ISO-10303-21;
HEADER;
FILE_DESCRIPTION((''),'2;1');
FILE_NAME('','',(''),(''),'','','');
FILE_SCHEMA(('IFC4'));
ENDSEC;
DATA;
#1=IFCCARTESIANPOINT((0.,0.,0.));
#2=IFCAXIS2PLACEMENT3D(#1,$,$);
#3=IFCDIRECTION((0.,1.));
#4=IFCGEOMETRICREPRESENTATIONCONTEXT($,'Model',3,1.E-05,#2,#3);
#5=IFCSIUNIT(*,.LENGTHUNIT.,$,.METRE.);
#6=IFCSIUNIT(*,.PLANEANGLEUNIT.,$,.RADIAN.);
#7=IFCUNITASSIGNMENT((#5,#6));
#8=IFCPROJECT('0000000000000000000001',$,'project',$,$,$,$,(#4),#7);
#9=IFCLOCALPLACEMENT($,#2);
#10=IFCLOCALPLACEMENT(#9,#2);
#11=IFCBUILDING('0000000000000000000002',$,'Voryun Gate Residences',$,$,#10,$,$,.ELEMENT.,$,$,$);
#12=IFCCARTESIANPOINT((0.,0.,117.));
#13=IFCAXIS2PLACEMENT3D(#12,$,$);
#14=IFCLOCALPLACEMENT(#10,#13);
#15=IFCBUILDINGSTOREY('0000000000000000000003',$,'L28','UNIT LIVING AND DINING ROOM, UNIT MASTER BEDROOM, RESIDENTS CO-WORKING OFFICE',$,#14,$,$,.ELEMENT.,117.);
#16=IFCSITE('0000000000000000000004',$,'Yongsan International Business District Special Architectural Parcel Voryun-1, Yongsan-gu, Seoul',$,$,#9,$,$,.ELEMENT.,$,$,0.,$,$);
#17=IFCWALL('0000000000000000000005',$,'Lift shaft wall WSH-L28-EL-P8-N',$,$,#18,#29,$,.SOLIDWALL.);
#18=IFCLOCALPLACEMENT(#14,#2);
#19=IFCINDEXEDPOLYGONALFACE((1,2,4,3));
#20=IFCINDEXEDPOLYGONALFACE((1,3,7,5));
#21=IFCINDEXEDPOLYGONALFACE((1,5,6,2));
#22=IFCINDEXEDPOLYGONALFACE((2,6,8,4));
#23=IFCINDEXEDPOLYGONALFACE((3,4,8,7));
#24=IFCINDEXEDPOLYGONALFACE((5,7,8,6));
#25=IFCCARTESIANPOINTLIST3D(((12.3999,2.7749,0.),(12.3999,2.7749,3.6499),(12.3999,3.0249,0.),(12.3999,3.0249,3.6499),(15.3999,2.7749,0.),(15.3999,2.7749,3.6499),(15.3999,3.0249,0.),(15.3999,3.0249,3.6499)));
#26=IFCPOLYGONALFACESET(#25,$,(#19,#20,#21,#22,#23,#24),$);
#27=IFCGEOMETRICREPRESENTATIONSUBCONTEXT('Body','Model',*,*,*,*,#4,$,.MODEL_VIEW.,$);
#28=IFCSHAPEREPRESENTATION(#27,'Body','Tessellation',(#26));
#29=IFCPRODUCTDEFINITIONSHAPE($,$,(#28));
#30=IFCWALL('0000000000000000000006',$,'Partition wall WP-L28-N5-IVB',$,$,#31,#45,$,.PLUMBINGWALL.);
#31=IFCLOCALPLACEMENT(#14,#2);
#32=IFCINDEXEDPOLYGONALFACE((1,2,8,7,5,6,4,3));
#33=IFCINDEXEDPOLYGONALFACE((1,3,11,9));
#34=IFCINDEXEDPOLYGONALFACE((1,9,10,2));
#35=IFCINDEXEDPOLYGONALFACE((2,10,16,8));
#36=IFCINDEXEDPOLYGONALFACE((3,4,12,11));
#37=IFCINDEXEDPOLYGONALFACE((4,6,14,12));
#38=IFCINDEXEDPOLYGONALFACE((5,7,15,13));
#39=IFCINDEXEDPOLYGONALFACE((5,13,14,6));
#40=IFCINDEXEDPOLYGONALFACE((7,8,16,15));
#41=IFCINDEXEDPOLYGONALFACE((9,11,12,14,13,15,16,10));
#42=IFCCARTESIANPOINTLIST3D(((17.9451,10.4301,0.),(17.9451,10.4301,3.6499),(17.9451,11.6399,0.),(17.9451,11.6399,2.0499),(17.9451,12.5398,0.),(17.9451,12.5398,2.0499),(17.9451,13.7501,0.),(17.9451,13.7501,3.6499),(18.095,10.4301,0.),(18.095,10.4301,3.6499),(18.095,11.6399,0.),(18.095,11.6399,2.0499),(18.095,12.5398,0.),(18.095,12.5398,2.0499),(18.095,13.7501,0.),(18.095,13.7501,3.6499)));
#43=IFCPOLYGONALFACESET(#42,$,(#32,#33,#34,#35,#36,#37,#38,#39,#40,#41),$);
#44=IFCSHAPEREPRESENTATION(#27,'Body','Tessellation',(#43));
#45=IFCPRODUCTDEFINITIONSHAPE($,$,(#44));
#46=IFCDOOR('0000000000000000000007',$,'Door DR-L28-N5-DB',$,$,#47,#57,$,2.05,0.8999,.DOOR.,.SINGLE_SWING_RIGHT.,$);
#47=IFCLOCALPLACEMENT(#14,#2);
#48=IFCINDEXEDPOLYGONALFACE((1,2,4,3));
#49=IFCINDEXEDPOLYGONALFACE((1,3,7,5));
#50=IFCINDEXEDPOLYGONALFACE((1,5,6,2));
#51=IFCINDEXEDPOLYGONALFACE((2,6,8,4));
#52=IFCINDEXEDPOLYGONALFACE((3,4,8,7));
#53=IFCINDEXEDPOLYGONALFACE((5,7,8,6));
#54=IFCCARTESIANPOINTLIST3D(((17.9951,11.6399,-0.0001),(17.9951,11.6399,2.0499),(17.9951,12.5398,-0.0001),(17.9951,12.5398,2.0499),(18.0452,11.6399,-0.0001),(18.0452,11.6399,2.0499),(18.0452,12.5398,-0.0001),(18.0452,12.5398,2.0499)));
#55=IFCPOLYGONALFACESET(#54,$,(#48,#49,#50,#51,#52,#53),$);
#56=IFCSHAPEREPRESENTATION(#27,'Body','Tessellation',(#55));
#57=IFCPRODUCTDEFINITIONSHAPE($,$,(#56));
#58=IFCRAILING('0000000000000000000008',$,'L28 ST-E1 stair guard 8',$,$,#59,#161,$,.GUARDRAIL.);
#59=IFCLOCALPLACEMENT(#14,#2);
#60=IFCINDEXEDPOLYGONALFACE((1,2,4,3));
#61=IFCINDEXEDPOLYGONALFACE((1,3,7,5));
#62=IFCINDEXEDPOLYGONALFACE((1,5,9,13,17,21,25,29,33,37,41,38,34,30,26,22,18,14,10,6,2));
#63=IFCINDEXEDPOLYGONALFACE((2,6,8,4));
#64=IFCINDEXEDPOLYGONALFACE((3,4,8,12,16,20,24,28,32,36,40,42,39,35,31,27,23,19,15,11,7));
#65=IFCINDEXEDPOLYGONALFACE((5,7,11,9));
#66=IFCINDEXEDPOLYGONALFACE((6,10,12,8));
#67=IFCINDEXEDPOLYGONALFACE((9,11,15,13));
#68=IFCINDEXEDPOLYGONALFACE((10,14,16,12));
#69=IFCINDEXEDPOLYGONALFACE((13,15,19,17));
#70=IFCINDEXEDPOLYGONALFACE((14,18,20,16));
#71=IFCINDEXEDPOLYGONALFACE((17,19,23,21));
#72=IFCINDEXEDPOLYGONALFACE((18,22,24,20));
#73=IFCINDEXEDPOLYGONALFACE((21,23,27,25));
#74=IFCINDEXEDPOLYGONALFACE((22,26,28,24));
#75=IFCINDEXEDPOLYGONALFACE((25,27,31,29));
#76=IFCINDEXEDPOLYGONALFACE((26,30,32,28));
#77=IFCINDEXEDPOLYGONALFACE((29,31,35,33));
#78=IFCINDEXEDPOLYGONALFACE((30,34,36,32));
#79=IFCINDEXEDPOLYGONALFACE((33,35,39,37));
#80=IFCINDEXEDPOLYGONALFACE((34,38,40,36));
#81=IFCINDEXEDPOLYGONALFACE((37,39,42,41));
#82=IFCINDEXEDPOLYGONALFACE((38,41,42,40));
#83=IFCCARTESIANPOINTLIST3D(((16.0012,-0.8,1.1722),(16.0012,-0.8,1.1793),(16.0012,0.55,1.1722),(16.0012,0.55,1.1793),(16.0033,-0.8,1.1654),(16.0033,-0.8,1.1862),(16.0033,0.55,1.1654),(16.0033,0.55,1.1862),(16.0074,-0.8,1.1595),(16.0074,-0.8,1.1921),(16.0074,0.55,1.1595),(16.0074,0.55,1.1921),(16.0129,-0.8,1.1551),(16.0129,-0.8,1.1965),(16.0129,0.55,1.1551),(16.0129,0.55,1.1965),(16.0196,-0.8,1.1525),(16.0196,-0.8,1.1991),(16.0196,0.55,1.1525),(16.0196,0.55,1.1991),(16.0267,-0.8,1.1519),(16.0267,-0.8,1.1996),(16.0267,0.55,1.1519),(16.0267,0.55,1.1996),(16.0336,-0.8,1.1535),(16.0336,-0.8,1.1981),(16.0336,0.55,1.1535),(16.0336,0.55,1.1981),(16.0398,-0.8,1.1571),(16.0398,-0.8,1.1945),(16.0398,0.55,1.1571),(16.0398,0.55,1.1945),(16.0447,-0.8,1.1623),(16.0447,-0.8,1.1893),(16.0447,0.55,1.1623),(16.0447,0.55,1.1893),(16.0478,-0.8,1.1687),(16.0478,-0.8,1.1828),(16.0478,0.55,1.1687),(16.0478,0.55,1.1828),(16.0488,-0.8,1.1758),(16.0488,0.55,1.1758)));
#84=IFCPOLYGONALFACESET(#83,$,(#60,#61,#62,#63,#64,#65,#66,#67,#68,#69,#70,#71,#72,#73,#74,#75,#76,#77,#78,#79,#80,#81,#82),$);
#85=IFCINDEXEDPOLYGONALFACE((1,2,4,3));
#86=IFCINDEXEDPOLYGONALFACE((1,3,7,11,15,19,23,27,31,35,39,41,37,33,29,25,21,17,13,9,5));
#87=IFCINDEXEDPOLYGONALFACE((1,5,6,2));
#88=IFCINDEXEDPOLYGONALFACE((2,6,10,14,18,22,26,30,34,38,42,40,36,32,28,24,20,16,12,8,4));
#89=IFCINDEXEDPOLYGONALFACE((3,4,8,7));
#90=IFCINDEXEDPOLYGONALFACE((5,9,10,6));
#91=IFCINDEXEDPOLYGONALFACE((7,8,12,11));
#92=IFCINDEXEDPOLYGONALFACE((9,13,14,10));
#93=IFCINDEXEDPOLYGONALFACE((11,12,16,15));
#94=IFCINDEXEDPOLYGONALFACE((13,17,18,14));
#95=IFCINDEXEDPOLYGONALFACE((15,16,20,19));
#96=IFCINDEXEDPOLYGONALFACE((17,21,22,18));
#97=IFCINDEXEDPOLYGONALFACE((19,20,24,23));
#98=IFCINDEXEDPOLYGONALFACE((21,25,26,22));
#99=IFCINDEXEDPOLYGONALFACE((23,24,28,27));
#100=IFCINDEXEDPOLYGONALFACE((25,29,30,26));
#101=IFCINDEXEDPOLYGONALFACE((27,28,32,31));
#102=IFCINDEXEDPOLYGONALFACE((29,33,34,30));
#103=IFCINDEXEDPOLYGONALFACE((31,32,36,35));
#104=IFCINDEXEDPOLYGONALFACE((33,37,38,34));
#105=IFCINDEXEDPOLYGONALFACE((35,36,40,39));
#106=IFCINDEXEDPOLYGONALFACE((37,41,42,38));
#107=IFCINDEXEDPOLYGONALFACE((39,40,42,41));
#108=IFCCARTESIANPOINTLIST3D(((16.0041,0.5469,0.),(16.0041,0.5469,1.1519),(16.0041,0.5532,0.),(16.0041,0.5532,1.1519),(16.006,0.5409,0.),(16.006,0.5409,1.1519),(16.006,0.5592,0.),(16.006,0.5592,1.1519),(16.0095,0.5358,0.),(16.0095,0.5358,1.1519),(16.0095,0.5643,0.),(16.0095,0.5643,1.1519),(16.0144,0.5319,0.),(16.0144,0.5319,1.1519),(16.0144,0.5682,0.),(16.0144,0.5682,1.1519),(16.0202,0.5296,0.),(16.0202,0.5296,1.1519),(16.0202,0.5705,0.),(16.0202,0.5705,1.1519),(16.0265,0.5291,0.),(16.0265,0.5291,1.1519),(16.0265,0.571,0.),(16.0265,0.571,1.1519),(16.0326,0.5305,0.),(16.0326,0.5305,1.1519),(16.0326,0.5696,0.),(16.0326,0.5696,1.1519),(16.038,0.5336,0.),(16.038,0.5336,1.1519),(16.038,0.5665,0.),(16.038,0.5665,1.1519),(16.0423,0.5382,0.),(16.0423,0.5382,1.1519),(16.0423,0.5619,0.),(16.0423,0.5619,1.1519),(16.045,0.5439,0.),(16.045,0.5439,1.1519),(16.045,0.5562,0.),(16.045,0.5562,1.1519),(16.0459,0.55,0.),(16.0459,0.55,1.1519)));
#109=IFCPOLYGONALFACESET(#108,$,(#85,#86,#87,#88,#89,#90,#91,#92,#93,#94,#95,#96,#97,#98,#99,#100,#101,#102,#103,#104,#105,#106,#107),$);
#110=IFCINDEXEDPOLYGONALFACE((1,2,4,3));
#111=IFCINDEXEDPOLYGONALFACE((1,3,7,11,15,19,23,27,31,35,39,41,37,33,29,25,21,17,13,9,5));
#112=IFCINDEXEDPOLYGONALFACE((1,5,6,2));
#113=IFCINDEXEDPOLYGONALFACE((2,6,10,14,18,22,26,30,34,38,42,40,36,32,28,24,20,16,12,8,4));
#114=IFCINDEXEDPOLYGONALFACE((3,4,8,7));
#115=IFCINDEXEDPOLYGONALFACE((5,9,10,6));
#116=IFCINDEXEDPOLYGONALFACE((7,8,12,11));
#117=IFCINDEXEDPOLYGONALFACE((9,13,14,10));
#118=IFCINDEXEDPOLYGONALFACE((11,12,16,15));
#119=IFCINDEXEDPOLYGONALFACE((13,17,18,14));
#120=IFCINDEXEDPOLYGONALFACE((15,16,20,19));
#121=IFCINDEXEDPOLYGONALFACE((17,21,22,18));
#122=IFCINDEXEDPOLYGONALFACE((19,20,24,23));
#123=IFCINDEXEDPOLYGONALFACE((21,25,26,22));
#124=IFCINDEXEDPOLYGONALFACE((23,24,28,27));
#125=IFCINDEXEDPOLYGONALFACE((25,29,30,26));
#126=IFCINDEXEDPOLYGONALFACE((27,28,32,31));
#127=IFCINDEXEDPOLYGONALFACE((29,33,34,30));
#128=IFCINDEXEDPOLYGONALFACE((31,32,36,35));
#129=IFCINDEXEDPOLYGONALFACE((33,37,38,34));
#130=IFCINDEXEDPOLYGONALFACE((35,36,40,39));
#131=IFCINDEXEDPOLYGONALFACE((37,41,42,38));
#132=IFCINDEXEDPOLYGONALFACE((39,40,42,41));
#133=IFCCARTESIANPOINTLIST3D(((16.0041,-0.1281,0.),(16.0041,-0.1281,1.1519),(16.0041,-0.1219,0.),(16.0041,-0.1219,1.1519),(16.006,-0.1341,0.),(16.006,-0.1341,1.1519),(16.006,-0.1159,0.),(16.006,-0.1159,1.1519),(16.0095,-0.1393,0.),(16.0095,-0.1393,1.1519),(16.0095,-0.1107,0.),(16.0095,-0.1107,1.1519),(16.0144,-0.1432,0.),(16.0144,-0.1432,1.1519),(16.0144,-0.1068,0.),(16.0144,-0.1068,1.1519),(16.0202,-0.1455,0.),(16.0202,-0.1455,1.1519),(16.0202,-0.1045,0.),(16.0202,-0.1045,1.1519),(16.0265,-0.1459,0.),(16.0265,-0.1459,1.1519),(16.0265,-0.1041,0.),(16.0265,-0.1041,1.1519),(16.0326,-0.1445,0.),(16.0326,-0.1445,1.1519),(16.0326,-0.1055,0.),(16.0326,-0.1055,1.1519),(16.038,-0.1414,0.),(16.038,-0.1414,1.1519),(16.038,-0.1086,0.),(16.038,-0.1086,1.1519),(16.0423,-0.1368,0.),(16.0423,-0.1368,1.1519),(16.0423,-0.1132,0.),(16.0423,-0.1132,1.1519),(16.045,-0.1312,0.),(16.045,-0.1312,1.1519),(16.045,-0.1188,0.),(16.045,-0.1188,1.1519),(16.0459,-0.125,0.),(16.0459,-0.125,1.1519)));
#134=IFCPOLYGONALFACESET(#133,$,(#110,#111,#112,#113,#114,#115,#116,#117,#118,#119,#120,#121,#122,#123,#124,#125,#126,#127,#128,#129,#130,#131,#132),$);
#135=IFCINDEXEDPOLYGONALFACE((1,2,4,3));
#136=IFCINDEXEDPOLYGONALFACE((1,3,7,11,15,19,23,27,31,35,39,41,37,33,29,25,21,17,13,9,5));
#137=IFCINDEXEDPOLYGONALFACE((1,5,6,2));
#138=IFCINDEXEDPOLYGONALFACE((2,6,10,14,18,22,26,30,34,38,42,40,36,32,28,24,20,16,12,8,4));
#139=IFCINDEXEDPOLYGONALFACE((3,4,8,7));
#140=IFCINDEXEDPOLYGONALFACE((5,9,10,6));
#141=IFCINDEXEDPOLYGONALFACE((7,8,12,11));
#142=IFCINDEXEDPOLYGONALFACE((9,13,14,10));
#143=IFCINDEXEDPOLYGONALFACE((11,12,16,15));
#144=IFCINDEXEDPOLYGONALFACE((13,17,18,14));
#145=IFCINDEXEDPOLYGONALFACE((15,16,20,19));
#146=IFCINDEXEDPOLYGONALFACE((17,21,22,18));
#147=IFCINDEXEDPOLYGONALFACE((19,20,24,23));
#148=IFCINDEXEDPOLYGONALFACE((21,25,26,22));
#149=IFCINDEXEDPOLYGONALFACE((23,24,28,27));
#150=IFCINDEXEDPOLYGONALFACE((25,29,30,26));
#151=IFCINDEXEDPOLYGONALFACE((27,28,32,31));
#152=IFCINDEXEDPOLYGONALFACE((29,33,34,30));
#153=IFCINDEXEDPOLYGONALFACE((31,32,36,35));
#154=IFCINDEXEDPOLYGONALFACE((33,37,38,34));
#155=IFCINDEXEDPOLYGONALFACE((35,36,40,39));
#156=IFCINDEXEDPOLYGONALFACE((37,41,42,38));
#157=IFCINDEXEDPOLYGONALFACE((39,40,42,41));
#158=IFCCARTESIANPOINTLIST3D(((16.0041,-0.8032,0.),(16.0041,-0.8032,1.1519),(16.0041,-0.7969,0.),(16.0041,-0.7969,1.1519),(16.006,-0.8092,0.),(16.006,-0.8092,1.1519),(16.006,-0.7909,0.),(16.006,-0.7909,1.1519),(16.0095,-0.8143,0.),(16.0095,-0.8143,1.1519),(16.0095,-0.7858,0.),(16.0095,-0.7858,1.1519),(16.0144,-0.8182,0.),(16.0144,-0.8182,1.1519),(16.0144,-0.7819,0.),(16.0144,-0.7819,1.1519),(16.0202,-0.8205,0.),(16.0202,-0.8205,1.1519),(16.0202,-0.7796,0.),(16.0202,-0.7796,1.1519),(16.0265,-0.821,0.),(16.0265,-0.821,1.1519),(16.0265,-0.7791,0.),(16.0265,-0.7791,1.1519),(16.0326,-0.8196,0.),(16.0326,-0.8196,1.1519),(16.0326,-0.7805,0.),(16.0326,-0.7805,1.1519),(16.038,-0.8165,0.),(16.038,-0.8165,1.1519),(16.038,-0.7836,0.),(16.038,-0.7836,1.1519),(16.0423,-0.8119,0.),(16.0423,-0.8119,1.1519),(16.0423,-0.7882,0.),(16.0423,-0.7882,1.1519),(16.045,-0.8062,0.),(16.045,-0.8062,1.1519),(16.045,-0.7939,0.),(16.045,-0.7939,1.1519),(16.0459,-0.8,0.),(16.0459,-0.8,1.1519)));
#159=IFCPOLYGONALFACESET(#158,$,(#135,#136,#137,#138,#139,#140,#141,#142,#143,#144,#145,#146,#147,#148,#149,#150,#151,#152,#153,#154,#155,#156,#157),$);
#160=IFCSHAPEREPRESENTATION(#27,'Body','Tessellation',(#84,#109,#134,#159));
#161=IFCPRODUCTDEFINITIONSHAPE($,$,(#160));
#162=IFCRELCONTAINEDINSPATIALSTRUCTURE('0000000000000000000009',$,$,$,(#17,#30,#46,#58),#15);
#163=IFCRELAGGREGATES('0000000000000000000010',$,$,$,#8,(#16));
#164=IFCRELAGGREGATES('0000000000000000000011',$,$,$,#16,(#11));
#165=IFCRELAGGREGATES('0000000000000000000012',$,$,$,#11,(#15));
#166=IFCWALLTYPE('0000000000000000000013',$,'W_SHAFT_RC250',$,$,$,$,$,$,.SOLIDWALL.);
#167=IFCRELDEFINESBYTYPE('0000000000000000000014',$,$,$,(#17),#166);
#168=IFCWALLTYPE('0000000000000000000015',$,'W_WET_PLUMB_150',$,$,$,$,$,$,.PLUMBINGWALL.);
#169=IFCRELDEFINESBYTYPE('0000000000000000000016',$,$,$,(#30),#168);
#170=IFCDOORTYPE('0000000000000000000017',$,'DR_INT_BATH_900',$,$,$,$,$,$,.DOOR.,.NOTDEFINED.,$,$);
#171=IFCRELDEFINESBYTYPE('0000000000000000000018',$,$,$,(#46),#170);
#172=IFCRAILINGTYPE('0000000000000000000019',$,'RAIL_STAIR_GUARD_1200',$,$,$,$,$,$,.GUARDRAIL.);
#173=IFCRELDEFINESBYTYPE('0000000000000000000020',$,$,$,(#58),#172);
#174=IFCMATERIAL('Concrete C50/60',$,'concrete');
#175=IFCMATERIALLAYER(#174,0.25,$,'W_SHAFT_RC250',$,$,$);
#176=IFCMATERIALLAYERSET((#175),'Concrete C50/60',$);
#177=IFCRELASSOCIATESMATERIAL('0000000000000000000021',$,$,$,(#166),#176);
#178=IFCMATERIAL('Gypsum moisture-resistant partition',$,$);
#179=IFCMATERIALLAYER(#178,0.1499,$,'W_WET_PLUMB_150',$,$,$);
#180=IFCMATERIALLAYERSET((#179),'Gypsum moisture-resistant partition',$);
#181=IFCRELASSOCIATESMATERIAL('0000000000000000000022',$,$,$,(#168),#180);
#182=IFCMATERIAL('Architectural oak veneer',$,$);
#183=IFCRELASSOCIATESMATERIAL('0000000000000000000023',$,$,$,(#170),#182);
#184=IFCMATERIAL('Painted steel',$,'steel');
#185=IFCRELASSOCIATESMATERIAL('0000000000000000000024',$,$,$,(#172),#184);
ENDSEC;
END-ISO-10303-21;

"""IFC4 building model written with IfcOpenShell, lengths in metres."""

from ifc_helpers import new_model, si_unit, direction, frame, frame_2d, origin, origin_2d, place, context, subcontext, project, spatial, rectangle, circle, extrude, material, layer, layer_set, type_object, element, fill, save


model = new_model("IFC4")

# Units and contexts
model_context = context("Model", 3, precision=1e-05, world=origin(), true_north=direction((0.0, 1.0)))
body_context = subcontext(model_context, "Body", "Model", "MODEL_VIEW")
ifc_project = project(units=[si_unit("LENGTHUNIT", "METRE"), si_unit("PLANEANGLEUNIT", "RADIAN")], contexts=[model_context])

# Site, building, storey
site_placement = place(None, origin())
site = spatial("IfcSite", under=ifc_project, at=site_placement, Name="Yongsan International Business District Special Architectural Parcel Voryun-1, Yongsan-gu, Seoul", CompositionType="ELEMENT", RefElevation=0.0)
building_placement = place(site_placement, origin())
building = spatial("IfcBuilding", under=site, at=building_placement, Name="Voryun Gate Residences", CompositionType="ELEMENT")
storey_placement = place(building_placement, frame((0.0, 0.0, 117.0)))
storey = spatial("IfcBuildingStorey", under=building, at=storey_placement, Name="L28", Description="UNIT LIVING AND DINING ROOM, UNIT MASTER BEDROOM, RESIDENTS CO-WORKING OFFICE", CompositionType="ELEMENT", Elevation=117.0)

# Shared definitions
ifc_material_1 = material(Name="Concrete C50/60", Category="concrete")
ifc_layer_1 = layer(ifc_material_1, 0.25, Name="W_SHAFT_RC250")
ifc_layer_set_1 = layer_set([ifc_layer_1], Name="Concrete C50/60")
wall_type_1 = type_object("IfcWallType", Name="W_SHAFT_RC250", PredefinedType="SOLIDWALL", material=ifc_layer_set_1)

# Wall
wall_1_placement = place(storey_placement, frame((15.3999, 2.8999, 0.0), z_axis=(0.0, 0.0, 1.0), x_axis=(-1.0, 0.0, 0.0)))
element("IfcWall", 1, at=wall_1_placement, inside=storey, type_object=wall_type_1, Name="Lift shaft wall WSH-L28-EL-P8-N", PredefinedType="SOLIDWALL", context=body_context, shape_type="SweptSolid", body=[
    extrude(rectangle(XDim=3.0, YDim=0.25, at=frame_2d((1.5, 0.0))), origin(), (0.0, 0.0, 1.0), 3.6499),
])

# Wall, opening, door
ifc_material_2 = material(Name="Gypsum moisture-resistant partition")
ifc_layer_2 = layer(ifc_material_2, 0.1499, Name="W_WET_PLUMB_150")
ifc_layer_set_2 = layer_set([ifc_layer_2], Name="Gypsum moisture-resistant partition")
wall_type_2 = type_object("IfcWallType", Name="W_WET_PLUMB_150", PredefinedType="PLUMBINGWALL", material=ifc_layer_set_2)
wall_2_placement = place(storey_placement, frame((18.02, 10.4299, 0.0), z_axis=(0.0, 0.0, 1.0), x_axis=(0.0, 1.0, 0.0)))
wall_2 = element("IfcWall", 2, at=wall_2_placement, inside=storey, type_object=wall_type_2, Name="Partition wall WP-L28-N5-IVB", PredefinedType="PLUMBINGWALL", context=body_context, shape_type="SweptSolid", body=[
    extrude(rectangle(XDim=3.3201, YDim=0.1499, at=frame_2d((1.6602, 0.0))), origin(), (0.0, 0.0, 1.0), 3.6499),
])
opening_1_placement = place(wall_2_placement, frame((1.21, 0.0, 0.0)))
opening_1 = element("IfcOpeningElement", 3, at=opening_1_placement, cuts=wall_2, PredefinedType="OPENING", context=body_context, shape_type="SweptSolid", body=[
    extrude(rectangle(XDim=0.8999, YDim=2.05, at=frame_2d((0.45, 1.0249))), frame((0.0, 0.085, 0.0), z_axis=(0.0, -1.0, 0.0), x_axis=(1.0, 0.0, 0.0)), (0.0, 0.0, 1.0), 0.1699),
])
ifc_material_3 = material(Name="Architectural oak veneer")
door_type_1 = type_object("IfcDoorType", Name="DR_INT_BATH_900", OperationType="NOTDEFINED", PredefinedType="DOOR", material=ifc_material_3)
door_1_placement = place(opening_1_placement, origin())
door_1 = element("IfcDoor", 4, at=door_1_placement, inside=storey, type_object=door_type_1, Name="Door DR-L28-N5-DB", OperationType="SINGLE_SWING_RIGHT", OverallHeight=2.05, OverallWidth=0.8999, PredefinedType="DOOR", context=body_context, shape_type="SweptSolid", body=[
    extrude(rectangle(XDim=0.8999, YDim=2.05, at=frame_2d((0.45, 1.0249))), frame((0.0, 0.0249, 0.0), z_axis=(0.0, -1.0, 0.0), x_axis=(1.0, 0.0, 0.0)), (0.0, 0.0, 1.0), 0.05),
])
fill(opening_1, door_1)

# Railing
ifc_material_4 = material(Name="Painted steel", Category="steel")
railing_type = type_object("IfcRailingType", Name="RAIL_STAIR_GUARD_1200", PredefinedType="GUARDRAIL", material=ifc_material_4)
railing_1_placement = place(storey_placement, frame((16.0249, 0.55, 0.0)))
element("IfcRailing", 5, at=railing_1_placement, inside=storey, type_object=railing_type, Name="L28 ST-E1 stair guard 8", PredefinedType="GUARDRAIL", context=body_context, shape_type="SweptSolid", body=[
    extrude(circle(Radius=0.0239, at=origin_2d()), frame((0.0, 0.0, 1.1758), z_axis=(0.0, -1.0, 0.0), x_axis=(1.0, 0.0, 0.0)), (0.0, 0.0, 1.0), 1.3501),
    extrude(circle(Radius=0.021, at=origin_2d()), origin(), (0.0, 0.0, 1.0), 1.1519),
    extrude(circle(Radius=0.021, at=origin_2d()), frame((0.0, -0.675, 0.0)), (0.0, 0.0, 1.0), 1.1519),
    extrude(circle(Radius=0.021, at=origin_2d()), frame((0.0, -1.3501, 0.0)), (0.0, 0.0, 1.0), 1.1519),
])

save(model, "model.ifc")
